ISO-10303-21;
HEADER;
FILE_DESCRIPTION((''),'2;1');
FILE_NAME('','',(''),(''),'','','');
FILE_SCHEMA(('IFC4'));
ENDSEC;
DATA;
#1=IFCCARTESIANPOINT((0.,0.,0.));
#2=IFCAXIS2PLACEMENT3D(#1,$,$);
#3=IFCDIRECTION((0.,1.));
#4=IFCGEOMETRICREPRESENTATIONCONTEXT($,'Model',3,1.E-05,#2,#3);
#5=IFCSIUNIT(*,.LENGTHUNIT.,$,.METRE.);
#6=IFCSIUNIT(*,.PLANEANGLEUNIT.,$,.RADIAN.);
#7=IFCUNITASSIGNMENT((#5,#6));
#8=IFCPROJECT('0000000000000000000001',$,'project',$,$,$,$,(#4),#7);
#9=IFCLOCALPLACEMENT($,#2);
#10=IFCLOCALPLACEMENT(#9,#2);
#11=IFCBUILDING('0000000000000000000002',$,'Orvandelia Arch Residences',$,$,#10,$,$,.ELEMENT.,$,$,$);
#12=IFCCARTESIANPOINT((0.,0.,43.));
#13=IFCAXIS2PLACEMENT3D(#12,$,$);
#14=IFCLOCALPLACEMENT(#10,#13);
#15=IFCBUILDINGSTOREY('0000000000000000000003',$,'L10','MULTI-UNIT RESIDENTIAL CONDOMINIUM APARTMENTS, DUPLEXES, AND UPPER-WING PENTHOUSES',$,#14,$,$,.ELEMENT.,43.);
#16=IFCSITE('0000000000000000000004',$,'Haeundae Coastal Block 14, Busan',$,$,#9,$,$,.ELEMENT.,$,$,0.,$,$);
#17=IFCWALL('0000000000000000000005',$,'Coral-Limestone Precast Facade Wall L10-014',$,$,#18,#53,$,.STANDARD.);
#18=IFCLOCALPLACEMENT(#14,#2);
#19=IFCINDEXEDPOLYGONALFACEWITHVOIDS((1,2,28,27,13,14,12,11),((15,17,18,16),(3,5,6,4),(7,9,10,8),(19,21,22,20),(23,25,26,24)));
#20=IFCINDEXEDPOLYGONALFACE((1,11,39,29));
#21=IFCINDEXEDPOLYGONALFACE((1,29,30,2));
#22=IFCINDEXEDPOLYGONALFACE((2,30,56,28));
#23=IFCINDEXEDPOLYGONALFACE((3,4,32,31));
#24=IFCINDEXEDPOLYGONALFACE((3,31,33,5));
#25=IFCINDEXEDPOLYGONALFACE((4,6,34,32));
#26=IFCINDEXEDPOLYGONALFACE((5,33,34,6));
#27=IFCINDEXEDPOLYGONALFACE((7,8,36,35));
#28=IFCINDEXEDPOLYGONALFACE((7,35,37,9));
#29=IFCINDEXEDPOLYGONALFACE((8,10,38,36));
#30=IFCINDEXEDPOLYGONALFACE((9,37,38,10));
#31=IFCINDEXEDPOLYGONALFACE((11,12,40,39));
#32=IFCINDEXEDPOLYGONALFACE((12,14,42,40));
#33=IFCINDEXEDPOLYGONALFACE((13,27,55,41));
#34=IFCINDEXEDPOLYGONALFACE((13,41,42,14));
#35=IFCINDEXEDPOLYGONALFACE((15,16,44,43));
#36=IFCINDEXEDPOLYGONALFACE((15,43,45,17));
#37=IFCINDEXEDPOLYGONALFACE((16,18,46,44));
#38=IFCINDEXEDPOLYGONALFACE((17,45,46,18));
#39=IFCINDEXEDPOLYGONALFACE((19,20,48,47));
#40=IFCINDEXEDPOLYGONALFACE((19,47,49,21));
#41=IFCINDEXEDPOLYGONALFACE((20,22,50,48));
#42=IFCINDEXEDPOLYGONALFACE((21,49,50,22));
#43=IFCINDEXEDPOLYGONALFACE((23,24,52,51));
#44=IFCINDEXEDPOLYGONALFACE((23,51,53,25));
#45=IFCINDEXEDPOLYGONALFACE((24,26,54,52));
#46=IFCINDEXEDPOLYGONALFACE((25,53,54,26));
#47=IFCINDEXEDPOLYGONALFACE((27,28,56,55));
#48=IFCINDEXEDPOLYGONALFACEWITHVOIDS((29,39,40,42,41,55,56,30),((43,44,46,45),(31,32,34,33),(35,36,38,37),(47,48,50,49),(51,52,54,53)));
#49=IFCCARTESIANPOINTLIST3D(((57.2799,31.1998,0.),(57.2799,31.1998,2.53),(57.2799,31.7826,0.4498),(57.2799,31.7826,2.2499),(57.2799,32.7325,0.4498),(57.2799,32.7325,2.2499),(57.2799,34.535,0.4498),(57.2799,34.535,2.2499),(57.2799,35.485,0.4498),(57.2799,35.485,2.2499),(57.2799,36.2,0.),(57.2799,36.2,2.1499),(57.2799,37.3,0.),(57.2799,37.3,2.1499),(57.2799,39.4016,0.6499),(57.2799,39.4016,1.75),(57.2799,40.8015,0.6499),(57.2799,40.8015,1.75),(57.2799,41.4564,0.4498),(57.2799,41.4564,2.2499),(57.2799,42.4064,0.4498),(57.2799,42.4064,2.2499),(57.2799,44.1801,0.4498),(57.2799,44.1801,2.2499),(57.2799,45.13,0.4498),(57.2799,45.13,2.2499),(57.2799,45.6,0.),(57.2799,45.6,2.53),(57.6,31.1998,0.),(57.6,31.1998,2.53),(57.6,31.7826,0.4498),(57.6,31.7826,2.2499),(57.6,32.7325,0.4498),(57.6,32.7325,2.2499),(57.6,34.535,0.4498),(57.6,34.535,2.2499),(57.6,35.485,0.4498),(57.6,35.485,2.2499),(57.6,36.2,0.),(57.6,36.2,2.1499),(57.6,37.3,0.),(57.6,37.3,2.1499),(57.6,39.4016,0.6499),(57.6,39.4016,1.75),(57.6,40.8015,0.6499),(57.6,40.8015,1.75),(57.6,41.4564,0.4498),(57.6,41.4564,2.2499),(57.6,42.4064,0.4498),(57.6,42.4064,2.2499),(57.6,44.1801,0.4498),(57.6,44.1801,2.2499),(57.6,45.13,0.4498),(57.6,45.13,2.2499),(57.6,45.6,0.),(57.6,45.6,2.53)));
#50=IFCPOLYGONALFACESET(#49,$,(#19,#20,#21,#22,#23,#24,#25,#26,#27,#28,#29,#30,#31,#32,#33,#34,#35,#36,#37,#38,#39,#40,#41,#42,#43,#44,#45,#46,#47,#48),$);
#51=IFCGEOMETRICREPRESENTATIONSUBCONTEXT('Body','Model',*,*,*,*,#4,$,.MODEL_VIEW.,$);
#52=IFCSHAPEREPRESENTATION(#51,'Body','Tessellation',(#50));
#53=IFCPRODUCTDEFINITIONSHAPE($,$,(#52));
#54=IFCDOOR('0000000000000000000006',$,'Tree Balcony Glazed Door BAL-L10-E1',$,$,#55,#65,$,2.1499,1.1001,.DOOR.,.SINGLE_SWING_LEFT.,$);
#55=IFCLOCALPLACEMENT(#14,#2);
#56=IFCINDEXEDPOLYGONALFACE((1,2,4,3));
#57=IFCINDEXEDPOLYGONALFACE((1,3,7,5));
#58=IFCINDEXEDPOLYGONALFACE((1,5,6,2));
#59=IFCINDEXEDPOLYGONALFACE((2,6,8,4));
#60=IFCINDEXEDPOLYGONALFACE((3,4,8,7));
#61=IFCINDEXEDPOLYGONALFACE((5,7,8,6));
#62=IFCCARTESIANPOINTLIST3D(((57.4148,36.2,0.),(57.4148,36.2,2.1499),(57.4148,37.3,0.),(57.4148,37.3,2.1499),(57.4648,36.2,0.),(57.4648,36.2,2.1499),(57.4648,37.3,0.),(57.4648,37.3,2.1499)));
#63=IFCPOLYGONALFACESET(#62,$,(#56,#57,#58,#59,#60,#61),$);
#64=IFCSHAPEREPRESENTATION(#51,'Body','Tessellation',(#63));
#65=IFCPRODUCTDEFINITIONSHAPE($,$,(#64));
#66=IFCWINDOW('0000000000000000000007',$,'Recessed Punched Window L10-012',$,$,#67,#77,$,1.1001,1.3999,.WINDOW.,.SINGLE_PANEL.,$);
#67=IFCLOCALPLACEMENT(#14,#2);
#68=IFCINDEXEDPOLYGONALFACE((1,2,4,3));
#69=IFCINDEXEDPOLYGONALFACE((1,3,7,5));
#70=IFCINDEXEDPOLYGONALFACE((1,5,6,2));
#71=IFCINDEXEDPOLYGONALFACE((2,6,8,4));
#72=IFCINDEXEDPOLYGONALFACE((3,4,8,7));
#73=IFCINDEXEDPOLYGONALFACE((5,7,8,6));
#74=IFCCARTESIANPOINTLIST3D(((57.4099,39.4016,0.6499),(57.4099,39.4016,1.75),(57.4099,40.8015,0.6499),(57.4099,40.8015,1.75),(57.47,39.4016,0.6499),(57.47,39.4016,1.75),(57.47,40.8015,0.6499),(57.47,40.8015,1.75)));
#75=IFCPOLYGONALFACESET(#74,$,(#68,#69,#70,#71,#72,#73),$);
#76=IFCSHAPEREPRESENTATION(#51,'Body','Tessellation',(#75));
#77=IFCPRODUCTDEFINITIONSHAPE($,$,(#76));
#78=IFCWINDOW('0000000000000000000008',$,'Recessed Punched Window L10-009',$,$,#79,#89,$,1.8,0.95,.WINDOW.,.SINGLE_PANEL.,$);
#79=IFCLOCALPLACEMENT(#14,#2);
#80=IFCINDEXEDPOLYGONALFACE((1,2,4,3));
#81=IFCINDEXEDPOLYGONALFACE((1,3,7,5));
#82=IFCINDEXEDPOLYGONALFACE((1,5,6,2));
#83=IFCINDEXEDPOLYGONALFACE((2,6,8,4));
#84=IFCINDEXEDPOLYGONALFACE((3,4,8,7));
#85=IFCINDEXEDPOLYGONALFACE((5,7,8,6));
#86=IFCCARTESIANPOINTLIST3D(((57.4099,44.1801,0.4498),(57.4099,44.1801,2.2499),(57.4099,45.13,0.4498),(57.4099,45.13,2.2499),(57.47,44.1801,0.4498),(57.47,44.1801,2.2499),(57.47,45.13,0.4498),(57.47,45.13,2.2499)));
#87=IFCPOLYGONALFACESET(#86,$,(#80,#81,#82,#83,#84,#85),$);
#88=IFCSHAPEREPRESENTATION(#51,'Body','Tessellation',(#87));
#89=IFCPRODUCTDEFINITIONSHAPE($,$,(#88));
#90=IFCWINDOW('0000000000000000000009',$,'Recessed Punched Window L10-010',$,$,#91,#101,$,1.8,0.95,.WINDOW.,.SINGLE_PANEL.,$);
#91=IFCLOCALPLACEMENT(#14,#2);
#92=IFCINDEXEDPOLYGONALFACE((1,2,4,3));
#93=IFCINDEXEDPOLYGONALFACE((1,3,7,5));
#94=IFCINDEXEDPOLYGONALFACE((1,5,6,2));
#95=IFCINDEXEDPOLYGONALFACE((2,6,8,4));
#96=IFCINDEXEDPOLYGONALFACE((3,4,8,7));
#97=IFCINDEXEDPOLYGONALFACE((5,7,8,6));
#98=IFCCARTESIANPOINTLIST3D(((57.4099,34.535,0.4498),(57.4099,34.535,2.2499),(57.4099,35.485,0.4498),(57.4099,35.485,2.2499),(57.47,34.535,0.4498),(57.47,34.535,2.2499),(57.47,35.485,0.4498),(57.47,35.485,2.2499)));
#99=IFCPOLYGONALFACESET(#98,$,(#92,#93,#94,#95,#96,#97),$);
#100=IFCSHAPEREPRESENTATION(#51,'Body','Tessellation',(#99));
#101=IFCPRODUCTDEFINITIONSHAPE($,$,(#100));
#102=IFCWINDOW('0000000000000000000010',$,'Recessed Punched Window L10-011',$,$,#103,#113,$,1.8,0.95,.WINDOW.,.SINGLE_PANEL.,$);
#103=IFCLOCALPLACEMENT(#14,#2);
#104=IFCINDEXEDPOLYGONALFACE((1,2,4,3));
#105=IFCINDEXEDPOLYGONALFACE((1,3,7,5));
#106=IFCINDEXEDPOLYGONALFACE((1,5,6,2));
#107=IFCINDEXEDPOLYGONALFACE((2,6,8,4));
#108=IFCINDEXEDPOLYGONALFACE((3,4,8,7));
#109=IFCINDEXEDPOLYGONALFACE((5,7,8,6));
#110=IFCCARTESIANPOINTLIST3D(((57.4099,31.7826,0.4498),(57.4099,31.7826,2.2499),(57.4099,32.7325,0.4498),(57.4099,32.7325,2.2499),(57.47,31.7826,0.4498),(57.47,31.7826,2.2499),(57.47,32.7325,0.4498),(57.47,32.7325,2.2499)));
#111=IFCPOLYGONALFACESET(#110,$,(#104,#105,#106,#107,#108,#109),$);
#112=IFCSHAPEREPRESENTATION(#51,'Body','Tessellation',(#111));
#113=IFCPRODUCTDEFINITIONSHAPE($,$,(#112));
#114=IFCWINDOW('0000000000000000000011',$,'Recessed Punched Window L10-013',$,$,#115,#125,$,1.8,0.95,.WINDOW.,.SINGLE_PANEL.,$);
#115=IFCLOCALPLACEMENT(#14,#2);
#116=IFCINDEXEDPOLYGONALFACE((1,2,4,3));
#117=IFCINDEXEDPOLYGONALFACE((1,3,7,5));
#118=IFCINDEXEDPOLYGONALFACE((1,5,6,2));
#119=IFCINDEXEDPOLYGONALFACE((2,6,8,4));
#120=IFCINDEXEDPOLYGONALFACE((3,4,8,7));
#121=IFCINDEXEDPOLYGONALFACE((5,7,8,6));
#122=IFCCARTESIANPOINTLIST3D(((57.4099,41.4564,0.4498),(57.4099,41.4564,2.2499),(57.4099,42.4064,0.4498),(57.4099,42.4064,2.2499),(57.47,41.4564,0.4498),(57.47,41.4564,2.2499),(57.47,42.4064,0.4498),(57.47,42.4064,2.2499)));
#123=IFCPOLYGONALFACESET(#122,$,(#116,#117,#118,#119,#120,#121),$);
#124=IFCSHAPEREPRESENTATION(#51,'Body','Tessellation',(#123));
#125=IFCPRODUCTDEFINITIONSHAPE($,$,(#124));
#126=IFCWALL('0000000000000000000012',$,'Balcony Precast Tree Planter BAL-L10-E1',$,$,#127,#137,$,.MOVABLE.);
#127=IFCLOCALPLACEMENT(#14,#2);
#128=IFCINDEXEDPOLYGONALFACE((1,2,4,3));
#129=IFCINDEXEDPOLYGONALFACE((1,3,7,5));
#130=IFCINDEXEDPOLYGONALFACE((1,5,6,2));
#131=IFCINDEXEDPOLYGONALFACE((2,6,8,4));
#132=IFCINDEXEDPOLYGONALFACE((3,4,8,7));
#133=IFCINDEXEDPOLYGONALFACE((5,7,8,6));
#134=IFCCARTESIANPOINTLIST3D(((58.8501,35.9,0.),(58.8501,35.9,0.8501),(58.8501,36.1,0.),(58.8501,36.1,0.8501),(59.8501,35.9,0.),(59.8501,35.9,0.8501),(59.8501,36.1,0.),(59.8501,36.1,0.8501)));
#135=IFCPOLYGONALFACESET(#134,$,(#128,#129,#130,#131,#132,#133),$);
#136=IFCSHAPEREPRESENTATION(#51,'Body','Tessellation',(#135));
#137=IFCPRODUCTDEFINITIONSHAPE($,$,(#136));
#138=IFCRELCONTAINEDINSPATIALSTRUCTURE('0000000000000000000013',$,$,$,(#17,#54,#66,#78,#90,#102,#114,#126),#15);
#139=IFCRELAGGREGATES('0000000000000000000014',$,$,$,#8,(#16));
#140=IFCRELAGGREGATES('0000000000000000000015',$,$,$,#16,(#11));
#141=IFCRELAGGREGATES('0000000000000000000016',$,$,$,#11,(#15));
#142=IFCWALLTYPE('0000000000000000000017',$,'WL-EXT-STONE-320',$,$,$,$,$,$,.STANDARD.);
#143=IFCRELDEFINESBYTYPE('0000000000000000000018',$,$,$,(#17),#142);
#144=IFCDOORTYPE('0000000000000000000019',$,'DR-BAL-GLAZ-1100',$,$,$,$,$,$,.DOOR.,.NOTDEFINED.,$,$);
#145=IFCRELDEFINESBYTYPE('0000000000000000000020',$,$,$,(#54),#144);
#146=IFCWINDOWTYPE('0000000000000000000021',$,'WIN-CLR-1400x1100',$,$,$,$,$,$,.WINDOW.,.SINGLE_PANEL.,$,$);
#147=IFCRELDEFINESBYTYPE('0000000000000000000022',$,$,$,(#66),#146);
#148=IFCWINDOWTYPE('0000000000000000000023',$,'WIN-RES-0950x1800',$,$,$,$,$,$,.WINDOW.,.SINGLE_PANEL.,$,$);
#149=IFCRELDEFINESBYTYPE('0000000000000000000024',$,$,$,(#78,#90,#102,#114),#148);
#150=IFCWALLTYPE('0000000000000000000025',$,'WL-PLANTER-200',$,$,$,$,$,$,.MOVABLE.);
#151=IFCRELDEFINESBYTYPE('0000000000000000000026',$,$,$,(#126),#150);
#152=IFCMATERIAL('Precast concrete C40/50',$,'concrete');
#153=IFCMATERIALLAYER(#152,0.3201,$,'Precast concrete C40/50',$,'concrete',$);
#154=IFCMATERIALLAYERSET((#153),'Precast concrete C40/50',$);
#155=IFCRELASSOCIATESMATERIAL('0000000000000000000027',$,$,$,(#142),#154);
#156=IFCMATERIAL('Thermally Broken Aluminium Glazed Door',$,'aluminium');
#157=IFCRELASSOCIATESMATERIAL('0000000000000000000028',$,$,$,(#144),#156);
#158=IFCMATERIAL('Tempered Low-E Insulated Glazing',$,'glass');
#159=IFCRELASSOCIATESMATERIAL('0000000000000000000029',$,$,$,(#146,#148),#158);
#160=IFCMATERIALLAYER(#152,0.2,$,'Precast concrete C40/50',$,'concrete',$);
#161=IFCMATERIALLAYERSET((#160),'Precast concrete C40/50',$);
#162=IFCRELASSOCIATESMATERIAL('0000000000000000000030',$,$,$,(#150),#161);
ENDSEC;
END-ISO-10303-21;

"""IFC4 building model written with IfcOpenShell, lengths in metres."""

from ifc_helpers import new_model, si_unit, direction, frame, frame_2d, origin, place, context, subcontext, project, spatial, rectangle, extrude, material, layer, layer_set, type_object, element, fill, save


model = new_model("IFC4")

# Units and contexts
model_context = context("Model", 3, precision=1e-05, world=origin(), true_north=direction((0.0, 1.0)))
body_context = subcontext(model_context, "Body", "Model", "MODEL_VIEW")
ifc_project = project(units=[si_unit("LENGTHUNIT", "METRE"), si_unit("PLANEANGLEUNIT", "RADIAN")], contexts=[model_context])

# Site, building, storey
site_placement = place(None, origin())
site = spatial("IfcSite", under=ifc_project, at=site_placement, Name="Haeundae Coastal Block 14, Busan", CompositionType="ELEMENT", RefElevation=0.0)
building_placement = place(site_placement, origin())
building = spatial("IfcBuilding", under=site, at=building_placement, Name="Orvandelia Arch Residences", CompositionType="ELEMENT")
storey_placement = place(building_placement, frame((0.0, 0.0, 43.0)))
storey = spatial("IfcBuildingStorey", under=building, at=storey_placement, Name="L10", Description="MULTI-UNIT RESIDENTIAL CONDOMINIUM APARTMENTS, DUPLEXES, AND UPPER-WING PENTHOUSES", CompositionType="ELEMENT", Elevation=43.0)

# Shared definitions
ifc_material_1 = material(Name="Precast concrete C40/50", Category="concrete")
ifc_layer_1 = layer(ifc_material_1, 0.3201, Name="Precast concrete C40/50", Category="concrete")
ifc_layer_set_1 = layer_set([ifc_layer_1], Name="Precast concrete C40/50")
wall_type_1 = type_object("IfcWallType", Name="WL-EXT-STONE-320", PredefinedType="STANDARD", material=ifc_layer_set_1)

# Wall, openings, door, windows
wall_1_placement = place(storey_placement, frame((57.4399, 45.6001, 0.0), z_axis=(0.0, 0.0, 1.0), x_axis=(0.0, -1.0, 0.0)))
wall_1 = element("IfcWall", 1, at=wall_1_placement, inside=storey, type_object=wall_type_1, Name="Coral-Limestone Precast Facade Wall L10-014", PredefinedType="STANDARD", context=body_context, shape_type="SweptSolid", body=[
    extrude(rectangle(XDim=14.4001, YDim=0.3201, at=frame_2d((7.2002, 0.0))), origin(), (0.0, 0.0, 1.0), 2.53),
])
opening_1_placement = place(wall_1_placement, frame((8.3, 0.0, 0.0)))
opening_1 = element("IfcOpeningElement", 2, at=opening_1_placement, cuts=wall_1, PredefinedType="OPENING", context=body_context, shape_type="SweptSolid", body=[
    extrude(rectangle(XDim=1.1001, YDim=2.1499, at=frame_2d((0.55, 1.075))), frame((0.0, 0.1699, 0.0), z_axis=(0.0, -1.0, 0.0), x_axis=(1.0, 0.0, 0.0)), (0.0, 0.0, 1.0), 0.3401),
])
opening_2_placement = place(wall_1_placement, frame((0.47, 0.0, 0.45)))
opening_2 = element("IfcOpeningElement", 3, at=opening_2_placement, cuts=wall_1, PredefinedType="OPENING", context=body_context, shape_type="SweptSolid", body=[
    extrude(rectangle(XDim=0.95, YDim=1.8, at=frame_2d((0.4751, 0.8999))), frame((0.0, 0.1699, 0.0), z_axis=(0.0, -1.0, 0.0), x_axis=(1.0, 0.0, 0.0)), (0.0, 0.0, 1.0), 0.3401),
])
opening_3_placement = place(wall_1_placement, frame((10.115, 0.0, 0.45)))
opening_3 = element("IfcOpeningElement", 4, at=opening_3_placement, cuts=wall_1, PredefinedType="OPENING", context=body_context, shape_type="SweptSolid", body=[
    extrude(rectangle(XDim=0.95, YDim=1.8, at=frame_2d((0.4751, 0.8999))), frame((0.0, 0.1699, 0.0), z_axis=(0.0, -1.0, 0.0), x_axis=(1.0, 0.0, 0.0)), (0.0, 0.0, 1.0), 0.3401),
])
opening_4_placement = place(wall_1_placement, frame((12.8674, 0.0, 0.45)))
opening_4 = element("IfcOpeningElement", 5, at=opening_4_placement, cuts=wall_1, PredefinedType="OPENING", context=body_context, shape_type="SweptSolid", body=[
    extrude(rectangle(XDim=0.95, YDim=1.8, at=frame_2d((0.4751, 0.8999))), frame((0.0, 0.1699, 0.0), z_axis=(0.0, -1.0, 0.0), x_axis=(1.0, 0.0, 0.0)), (0.0, 0.0, 1.0), 0.3401),
])
opening_5_placement = place(wall_1_placement, frame((4.7986, 0.0, 0.6499)))
opening_5 = element("IfcOpeningElement", 6, at=opening_5_placement, cuts=wall_1, PredefinedType="OPENING", context=body_context, shape_type="SweptSolid", body=[
    extrude(rectangle(XDim=1.3999, YDim=1.1001, at=frame_2d((0.7, 0.55))), frame((0.0, 0.1699, 0.0), z_axis=(0.0, -1.0, 0.0), x_axis=(1.0, 0.0, 0.0)), (0.0, 0.0, 1.0), 0.3401),
])
opening_6_placement = place(wall_1_placement, frame((3.1936, 0.0, 0.45)))
opening_6 = element("IfcOpeningElement", 7, at=opening_6_placement, cuts=wall_1, PredefinedType="OPENING", context=body_context, shape_type="SweptSolid", body=[
    extrude(rectangle(XDim=0.95, YDim=1.8, at=frame_2d((0.4751, 0.8999))), frame((0.0, 0.1699, 0.0), z_axis=(0.0, -1.0, 0.0), x_axis=(1.0, 0.0, 0.0)), (0.0, 0.0, 1.0), 0.3401),
])
ifc_material_2 = material(Name="Thermally Broken Aluminium Glazed Door", Category="aluminium")
door_type = type_object("IfcDoorType", Name="DR-BAL-GLAZ-1100", OperationType="NOTDEFINED", PredefinedType="DOOR", material=ifc_material_2)
door_placement = place(opening_1_placement, origin())
door = element("IfcDoor", 8, at=door_placement, inside=storey, type_object=door_type, Name="Tree Balcony Glazed Door BAL-L10-E1", OperationType="SINGLE_SWING_LEFT", OverallHeight=2.1499, OverallWidth=1.1001, PredefinedType="DOOR", context=body_context, shape_type="SweptSolid", body=[
    extrude(rectangle(XDim=1.1001, YDim=2.1499, at=frame_2d((0.55, 1.075))), frame((0.0, 0.0249, 0.0), z_axis=(0.0, -1.0, 0.0), x_axis=(1.0, 0.0, 0.0)), (0.0, 0.0, 1.0), 0.05),
])
fill(opening_1, door)
ifc_material_3 = material(Name="Tempered Low-E Insulated Glazing", Category="glass")
window_type_1 = type_object("IfcWindowType", Name="WIN-CLR-1400x1100", PartitioningType="SINGLE_PANEL", PredefinedType="WINDOW", material=ifc_material_3)
window_1_placement = place(opening_5_placement, origin())
window_1 = element("IfcWindow", 9, at=window_1_placement, inside=storey, type_object=window_type_1, Name="Recessed Punched Window L10-012", OverallHeight=1.1001, OverallWidth=1.3999, PartitioningType="SINGLE_PANEL", PredefinedType="WINDOW", context=body_context, shape_type="SweptSolid", body=[
    extrude(rectangle(XDim=1.3999, YDim=1.1001, at=frame_2d((0.7, 0.55))), frame((0.0, 0.03, 0.0), z_axis=(0.0, -1.0, 0.0), x_axis=(1.0, 0.0, 0.0)), (0.0, 0.0, 1.0), 0.0601),
])
fill(opening_5, window_1)
window_type_2 = type_object("IfcWindowType", Name="WIN-RES-0950x1800", PartitioningType="SINGLE_PANEL", PredefinedType="WINDOW", material=ifc_material_3)
window_2_placement = place(opening_2_placement, origin())
window_2 = element("IfcWindow", 10, at=window_2_placement, inside=storey, type_object=window_type_2, Name="Recessed Punched Window L10-009", OverallHeight=1.8, OverallWidth=0.95, PartitioningType="SINGLE_PANEL", PredefinedType="WINDOW", context=body_context, shape_type="SweptSolid", body=[
    extrude(rectangle(XDim=0.95, YDim=1.8, at=frame_2d((0.4751, 0.8999))), frame((0.0, 0.03, 0.0), z_axis=(0.0, -1.0, 0.0), x_axis=(1.0, 0.0, 0.0)), (0.0, 0.0, 1.0), 0.0601),
])
fill(opening_2, window_2)
window_3_placement = place(opening_3_placement, origin())
window_3 = element("IfcWindow", 11, at=window_3_placement, inside=storey, type_object=window_type_2, Name="Recessed Punched Window L10-010", OverallHeight=1.8, OverallWidth=0.95, PartitioningType="SINGLE_PANEL", PredefinedType="WINDOW", context=body_context, shape_type="SweptSolid", body=[
    extrude(rectangle(XDim=0.95, YDim=1.8, at=frame_2d((0.4751, 0.8999))), frame((0.0, 0.03, 0.0), z_axis=(0.0, -1.0, 0.0), x_axis=(1.0, 0.0, 0.0)), (0.0, 0.0, 1.0), 0.0601),
])
fill(opening_3, window_3)
window_4_placement = place(opening_4_placement, origin())
window_4 = element("IfcWindow", 12, at=window_4_placement, inside=storey, type_object=window_type_2, Name="Recessed Punched Window L10-011", OverallHeight=1.8, OverallWidth=0.95, PartitioningType="SINGLE_PANEL", PredefinedType="WINDOW", context=body_context, shape_type="SweptSolid", body=[
    extrude(rectangle(XDim=0.95, YDim=1.8, at=frame_2d((0.4751, 0.8999))), frame((0.0, 0.03, 0.0), z_axis=(0.0, -1.0, 0.0), x_axis=(1.0, 0.0, 0.0)), (0.0, 0.0, 1.0), 0.0601),
])
fill(opening_4, window_4)
window_5_placement = place(opening_6_placement, origin())
window_5 = element("IfcWindow", 13, at=window_5_placement, inside=storey, type_object=window_type_2, Name="Recessed Punched Window L10-013", OverallHeight=1.8, OverallWidth=0.95, PartitioningType="SINGLE_PANEL", PredefinedType="WINDOW", context=body_context, shape_type="SweptSolid", body=[
    extrude(rectangle(XDim=0.95, YDim=1.8, at=frame_2d((0.4751, 0.8999))), frame((0.0, 0.03, 0.0), z_axis=(0.0, -1.0, 0.0), x_axis=(1.0, 0.0, 0.0)), (0.0, 0.0, 1.0), 0.0601),
])
fill(opening_6, window_5)

# Wall
ifc_layer_2 = layer(ifc_material_1, 0.2, Name="Precast concrete C40/50", Category="concrete")
ifc_layer_set_2 = layer_set([ifc_layer_2], Name="Precast concrete C40/50")
wall_type_2 = type_object("IfcWallType", Name="WL-PLANTER-200", PredefinedType="MOVABLE", material=ifc_layer_set_2)
wall_2_placement = place(storey_placement, frame((58.8501, 36.0, 0.0), z_axis=(0.0, 0.0, 1.0), x_axis=(1.0, 0.0, 0.0)))
element("IfcWall", 14, at=wall_2_placement, inside=storey, type_object=wall_type_2, Name="Balcony Precast Tree Planter BAL-L10-E1", PredefinedType="MOVABLE", context=body_context, shape_type="SweptSolid", body=[
    extrude(rectangle(XDim=1.0, YDim=0.2, at=frame_2d((0.5, 0.0))), origin(), (0.0, 0.0, 1.0), 0.8501),
])

save(model, "model.ifc")
